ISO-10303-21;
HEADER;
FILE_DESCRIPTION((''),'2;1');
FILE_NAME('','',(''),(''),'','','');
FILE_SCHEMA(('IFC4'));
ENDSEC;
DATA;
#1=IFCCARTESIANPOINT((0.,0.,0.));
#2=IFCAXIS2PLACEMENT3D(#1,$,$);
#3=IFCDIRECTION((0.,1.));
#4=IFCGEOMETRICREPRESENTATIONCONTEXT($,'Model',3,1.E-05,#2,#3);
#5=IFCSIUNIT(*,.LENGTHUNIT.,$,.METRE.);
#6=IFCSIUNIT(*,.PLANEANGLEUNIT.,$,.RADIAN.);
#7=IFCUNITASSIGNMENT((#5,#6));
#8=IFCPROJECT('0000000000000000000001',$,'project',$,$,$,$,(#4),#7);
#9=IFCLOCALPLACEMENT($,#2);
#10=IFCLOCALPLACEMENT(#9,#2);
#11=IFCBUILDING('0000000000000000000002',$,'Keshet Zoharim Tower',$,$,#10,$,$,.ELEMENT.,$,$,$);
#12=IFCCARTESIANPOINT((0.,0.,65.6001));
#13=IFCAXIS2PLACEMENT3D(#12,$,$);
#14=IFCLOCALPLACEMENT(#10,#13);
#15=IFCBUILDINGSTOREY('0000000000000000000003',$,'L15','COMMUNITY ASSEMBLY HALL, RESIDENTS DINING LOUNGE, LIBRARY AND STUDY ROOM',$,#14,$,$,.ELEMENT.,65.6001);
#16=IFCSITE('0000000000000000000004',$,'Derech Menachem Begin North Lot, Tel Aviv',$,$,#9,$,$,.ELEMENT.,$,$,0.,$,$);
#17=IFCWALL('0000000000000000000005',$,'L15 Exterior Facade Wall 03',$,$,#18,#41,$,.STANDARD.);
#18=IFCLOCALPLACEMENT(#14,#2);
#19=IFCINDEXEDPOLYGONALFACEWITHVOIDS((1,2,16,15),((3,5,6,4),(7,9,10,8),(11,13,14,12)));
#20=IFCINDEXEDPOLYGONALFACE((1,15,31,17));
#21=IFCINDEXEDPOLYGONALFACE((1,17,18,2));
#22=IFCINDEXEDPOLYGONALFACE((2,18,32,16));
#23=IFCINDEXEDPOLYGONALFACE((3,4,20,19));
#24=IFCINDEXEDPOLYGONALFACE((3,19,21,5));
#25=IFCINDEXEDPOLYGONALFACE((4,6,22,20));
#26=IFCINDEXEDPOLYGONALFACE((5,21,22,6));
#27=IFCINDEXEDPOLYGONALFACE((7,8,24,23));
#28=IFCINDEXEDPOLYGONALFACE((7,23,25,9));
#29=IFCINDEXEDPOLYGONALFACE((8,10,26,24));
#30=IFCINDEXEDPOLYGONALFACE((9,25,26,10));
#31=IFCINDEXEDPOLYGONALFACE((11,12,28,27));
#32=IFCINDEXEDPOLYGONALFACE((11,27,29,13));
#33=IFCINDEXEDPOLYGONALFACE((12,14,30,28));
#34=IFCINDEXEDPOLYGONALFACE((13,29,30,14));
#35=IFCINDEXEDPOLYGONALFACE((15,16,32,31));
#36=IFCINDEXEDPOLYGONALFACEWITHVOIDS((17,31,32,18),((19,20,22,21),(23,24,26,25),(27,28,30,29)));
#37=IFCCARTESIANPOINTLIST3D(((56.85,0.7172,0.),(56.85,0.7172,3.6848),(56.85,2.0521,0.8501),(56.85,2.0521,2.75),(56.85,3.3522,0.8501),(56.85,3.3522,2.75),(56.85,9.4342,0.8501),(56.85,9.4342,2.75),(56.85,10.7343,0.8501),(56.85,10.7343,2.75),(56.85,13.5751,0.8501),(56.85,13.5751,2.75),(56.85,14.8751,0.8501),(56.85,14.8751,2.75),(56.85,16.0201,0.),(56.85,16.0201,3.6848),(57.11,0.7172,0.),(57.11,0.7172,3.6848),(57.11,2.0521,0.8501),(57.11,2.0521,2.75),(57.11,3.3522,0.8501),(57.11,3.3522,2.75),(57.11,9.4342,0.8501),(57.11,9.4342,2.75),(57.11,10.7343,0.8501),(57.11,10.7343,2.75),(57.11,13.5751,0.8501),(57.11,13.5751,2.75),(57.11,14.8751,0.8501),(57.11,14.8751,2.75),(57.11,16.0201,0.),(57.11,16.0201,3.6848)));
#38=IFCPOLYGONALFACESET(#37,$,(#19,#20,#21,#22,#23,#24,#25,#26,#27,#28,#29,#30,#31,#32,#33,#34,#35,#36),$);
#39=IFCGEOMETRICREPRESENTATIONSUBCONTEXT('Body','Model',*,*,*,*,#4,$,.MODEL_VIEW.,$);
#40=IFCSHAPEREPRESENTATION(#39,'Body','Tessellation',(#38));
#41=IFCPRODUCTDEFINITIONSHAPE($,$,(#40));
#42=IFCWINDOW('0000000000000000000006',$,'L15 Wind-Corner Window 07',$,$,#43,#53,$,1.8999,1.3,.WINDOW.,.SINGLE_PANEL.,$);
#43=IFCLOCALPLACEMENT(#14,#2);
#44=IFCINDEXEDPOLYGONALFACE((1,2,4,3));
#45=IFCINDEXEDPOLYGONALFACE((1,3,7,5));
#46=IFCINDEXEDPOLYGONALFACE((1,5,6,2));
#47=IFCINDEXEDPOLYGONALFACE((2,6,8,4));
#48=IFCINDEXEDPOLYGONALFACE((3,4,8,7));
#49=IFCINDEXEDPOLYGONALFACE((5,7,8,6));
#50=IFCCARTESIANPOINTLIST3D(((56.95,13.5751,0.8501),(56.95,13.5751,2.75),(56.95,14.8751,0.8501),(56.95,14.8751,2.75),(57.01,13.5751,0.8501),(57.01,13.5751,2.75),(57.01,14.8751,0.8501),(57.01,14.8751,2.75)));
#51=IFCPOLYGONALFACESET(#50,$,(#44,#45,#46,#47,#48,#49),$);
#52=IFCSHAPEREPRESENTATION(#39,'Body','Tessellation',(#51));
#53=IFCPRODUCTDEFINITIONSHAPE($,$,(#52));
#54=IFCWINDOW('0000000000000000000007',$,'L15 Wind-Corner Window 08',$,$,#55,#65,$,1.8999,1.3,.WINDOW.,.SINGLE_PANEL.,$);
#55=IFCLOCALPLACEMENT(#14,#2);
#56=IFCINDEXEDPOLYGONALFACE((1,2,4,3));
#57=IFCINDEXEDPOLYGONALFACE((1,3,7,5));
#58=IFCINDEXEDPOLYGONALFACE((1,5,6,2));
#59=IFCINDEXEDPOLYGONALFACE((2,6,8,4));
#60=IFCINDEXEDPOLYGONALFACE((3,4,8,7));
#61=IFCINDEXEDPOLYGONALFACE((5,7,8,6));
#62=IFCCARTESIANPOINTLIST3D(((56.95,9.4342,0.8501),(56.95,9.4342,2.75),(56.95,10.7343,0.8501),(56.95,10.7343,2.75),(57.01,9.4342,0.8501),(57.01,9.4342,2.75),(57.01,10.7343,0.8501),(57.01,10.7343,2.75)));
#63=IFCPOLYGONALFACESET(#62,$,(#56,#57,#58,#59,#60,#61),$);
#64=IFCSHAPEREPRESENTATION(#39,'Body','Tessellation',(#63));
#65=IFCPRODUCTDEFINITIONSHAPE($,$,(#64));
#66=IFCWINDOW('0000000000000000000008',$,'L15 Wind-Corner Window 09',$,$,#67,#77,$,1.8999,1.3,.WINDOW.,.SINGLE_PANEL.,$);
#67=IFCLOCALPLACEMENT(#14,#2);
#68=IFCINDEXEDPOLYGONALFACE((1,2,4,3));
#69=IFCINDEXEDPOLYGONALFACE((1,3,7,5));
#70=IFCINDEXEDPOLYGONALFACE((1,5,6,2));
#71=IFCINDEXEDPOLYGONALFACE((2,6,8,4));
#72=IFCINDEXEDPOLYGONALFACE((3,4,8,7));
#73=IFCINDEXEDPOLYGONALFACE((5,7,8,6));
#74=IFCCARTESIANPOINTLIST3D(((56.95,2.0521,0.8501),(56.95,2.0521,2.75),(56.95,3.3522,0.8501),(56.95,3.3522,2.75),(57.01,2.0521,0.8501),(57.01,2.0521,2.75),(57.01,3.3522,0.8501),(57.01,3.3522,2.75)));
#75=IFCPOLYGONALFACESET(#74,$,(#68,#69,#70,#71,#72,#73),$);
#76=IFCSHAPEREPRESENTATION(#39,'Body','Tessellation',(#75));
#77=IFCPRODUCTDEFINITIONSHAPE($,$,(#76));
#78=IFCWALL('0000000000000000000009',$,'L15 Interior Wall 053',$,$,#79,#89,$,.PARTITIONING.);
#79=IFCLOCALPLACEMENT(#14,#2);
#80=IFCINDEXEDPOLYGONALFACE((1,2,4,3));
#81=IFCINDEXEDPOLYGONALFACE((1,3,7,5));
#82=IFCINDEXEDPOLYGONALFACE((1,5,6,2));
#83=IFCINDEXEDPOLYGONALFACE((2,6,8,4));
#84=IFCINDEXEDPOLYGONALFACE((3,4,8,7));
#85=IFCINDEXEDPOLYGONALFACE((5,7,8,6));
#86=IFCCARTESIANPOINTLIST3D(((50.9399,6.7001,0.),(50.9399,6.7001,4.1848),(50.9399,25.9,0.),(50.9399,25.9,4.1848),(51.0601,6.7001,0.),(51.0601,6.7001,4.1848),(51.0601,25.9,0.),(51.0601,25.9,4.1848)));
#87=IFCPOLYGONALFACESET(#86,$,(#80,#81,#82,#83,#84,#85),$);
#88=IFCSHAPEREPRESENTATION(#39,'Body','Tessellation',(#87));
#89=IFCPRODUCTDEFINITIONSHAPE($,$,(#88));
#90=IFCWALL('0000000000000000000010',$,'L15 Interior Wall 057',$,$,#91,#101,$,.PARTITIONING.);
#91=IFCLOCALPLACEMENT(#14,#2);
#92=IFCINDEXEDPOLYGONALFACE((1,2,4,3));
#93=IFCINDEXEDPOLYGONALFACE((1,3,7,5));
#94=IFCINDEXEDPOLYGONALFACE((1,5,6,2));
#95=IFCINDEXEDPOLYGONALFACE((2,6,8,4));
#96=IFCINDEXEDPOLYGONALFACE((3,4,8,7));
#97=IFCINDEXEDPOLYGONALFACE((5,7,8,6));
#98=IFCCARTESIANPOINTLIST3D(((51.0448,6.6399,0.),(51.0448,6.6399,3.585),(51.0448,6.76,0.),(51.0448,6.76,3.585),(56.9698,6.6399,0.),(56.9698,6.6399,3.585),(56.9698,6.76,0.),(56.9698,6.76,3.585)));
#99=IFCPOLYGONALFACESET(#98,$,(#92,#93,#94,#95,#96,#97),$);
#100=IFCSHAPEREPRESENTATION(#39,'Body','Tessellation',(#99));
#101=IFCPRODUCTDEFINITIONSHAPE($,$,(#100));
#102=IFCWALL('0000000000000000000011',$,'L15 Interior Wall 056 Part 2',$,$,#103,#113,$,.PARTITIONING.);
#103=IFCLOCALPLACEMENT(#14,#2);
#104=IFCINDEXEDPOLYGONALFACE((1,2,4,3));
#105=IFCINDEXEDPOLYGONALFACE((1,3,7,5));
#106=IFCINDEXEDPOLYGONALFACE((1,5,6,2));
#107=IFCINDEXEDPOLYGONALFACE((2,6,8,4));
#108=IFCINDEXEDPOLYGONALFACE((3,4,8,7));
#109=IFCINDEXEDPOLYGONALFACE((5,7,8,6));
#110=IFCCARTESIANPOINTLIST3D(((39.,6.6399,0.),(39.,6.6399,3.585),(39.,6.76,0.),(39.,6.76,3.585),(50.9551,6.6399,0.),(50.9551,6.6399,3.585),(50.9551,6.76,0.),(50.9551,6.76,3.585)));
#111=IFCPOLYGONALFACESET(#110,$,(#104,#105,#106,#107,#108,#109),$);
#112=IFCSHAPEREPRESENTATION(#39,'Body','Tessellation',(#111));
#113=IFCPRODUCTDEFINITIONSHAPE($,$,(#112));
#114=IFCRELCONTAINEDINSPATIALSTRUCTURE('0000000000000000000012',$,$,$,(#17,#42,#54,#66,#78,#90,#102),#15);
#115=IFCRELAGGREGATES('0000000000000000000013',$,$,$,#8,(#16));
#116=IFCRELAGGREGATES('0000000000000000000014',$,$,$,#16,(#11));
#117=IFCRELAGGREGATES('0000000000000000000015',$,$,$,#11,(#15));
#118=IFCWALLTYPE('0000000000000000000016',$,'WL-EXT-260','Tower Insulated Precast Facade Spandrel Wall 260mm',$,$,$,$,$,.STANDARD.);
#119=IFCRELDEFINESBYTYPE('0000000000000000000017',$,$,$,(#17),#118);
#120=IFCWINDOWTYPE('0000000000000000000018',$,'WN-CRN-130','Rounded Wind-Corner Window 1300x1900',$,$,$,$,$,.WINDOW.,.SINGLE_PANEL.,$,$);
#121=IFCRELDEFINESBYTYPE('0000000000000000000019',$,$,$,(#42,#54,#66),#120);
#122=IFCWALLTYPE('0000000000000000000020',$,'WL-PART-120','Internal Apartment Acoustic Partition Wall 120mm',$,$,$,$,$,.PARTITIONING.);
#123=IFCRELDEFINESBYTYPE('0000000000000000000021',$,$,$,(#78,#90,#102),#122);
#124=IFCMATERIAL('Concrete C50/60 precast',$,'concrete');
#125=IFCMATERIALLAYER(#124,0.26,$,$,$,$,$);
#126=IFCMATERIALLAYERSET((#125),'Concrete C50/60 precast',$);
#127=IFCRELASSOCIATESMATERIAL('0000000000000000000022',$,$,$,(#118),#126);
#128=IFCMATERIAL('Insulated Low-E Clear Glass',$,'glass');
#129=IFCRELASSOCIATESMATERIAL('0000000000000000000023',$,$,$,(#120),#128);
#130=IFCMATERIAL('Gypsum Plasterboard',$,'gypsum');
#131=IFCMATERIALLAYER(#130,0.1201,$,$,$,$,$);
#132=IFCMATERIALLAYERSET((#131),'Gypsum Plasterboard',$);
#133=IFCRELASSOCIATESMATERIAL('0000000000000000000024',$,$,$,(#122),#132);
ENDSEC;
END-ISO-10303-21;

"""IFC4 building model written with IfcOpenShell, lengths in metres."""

from ifc_helpers import new_model, si_unit, direction, frame, frame_2d, origin, place, context, subcontext, project, spatial, rectangle, extrude, material, layer, layer_set, type_object, element, fill, save


model = new_model("IFC4")

# Units and contexts
model_context = context("Model", 3, precision=1e-05, world=origin(), true_north=direction((0.0, 1.0)))
body_context = subcontext(model_context, "Body", "Model", "MODEL_VIEW")
ifc_project = project(units=[si_unit("LENGTHUNIT", "METRE"), si_unit("PLANEANGLEUNIT", "RADIAN")], contexts=[model_context])

# Site, building, storey
site_placement = place(None, origin())
site = spatial("IfcSite", under=ifc_project, at=site_placement, Name="Derech Menachem Begin North Lot, Tel Aviv", CompositionType="ELEMENT", RefElevation=0.0)
building_placement = place(site_placement, origin())
building = spatial("IfcBuilding", under=site, at=building_placement, Name="Keshet Zoharim Tower", CompositionType="ELEMENT")
storey_placement = place(building_placement, frame((0.0, 0.0, 65.6001)))
storey = spatial("IfcBuildingStorey", under=building, at=storey_placement, Name="L15", Description="COMMUNITY ASSEMBLY HALL, RESIDENTS DINING LOUNGE, LIBRARY AND STUDY ROOM", CompositionType="ELEMENT", Elevation=65.6001)

# Shared definitions
ifc_material_1 = material(Name="Insulated Low-E Clear Glass", Category="glass")

# Wall, openings, windows
ifc_material_2 = material(Name="Concrete C50/60 precast", Category="concrete")
ifc_layer_1 = layer(ifc_material_2, 0.26)
ifc_layer_set_1 = layer_set([ifc_layer_1], Name="Concrete C50/60 precast")
wall_type_1 = type_object("IfcWallType", Name="WL-EXT-260", Description="Tower Insulated Precast Facade Spandrel Wall 260mm", PredefinedType="STANDARD", material=ifc_layer_set_1)
wall_1_placement = place(storey_placement, frame((56.98, 16.02, 0.0), z_axis=(0.0, 0.0, 1.0), x_axis=(0.0, -1.0, 0.0)))
wall_1 = element("IfcWall", 1, at=wall_1_placement, inside=storey, type_object=wall_type_1, Name="L15 Exterior Facade Wall 03", PredefinedType="STANDARD", context=body_context, shape_type="SweptSolid", body=[
    extrude(rectangle(XDim=15.303, YDim=0.26, at=frame_2d((7.6514, 0.0))), origin(), (0.0, 0.0, 1.0), 3.6848),
])
opening_1_placement = place(wall_1_placement, frame((1.145, 0.0, 0.8501)))
opening_1 = element("IfcOpeningElement", 2, at=opening_1_placement, cuts=wall_1, PredefinedType="OPENING", context=body_context, shape_type="SweptSolid", body=[
    extrude(rectangle(XDim=1.3, YDim=1.8999, at=frame_2d((0.6499, 0.95))), frame((0.0, 0.1401, 0.0), z_axis=(0.0, -1.0, 0.0), x_axis=(1.0, 0.0, 0.0)), (0.0, 0.0, 1.0), 0.28),
])
opening_2_placement = place(wall_1_placement, frame((5.2859, 0.0, 0.8501)))
opening_2 = element("IfcOpeningElement", 3, at=opening_2_placement, cuts=wall_1, PredefinedType="OPENING", context=body_context, shape_type="SweptSolid", body=[
    extrude(rectangle(XDim=1.3, YDim=1.8999, at=frame_2d((0.6499, 0.95))), frame((0.0, 0.1401, 0.0), z_axis=(0.0, -1.0, 0.0), x_axis=(1.0, 0.0, 0.0)), (0.0, 0.0, 1.0), 0.28),
])
opening_3_placement = place(wall_1_placement, frame((12.668, 0.0, 0.8501)))
opening_3 = element("IfcOpeningElement", 4, at=opening_3_placement, cuts=wall_1, PredefinedType="OPENING", context=body_context, shape_type="SweptSolid", body=[
    extrude(rectangle(XDim=1.3, YDim=1.8999, at=frame_2d((0.6499, 0.95))), frame((0.0, 0.1401, 0.0), z_axis=(0.0, -1.0, 0.0), x_axis=(1.0, 0.0, 0.0)), (0.0, 0.0, 1.0), 0.28),
])
window_type = type_object("IfcWindowType", Name="WN-CRN-130", Description="Rounded Wind-Corner Window 1300x1900", PartitioningType="SINGLE_PANEL", PredefinedType="WINDOW", material=ifc_material_1)
window_1_placement = place(opening_1_placement, origin())
window_1 = element("IfcWindow", 5, at=window_1_placement, inside=storey, type_object=window_type, Name="L15 Wind-Corner Window 07", OverallHeight=1.8999, OverallWidth=1.3, PartitioningType="SINGLE_PANEL", PredefinedType="WINDOW", context=body_context, shape_type="SweptSolid", body=[
    extrude(rectangle(XDim=1.3, YDim=1.8999, at=frame_2d((0.6499, 0.95))), frame((0.0, 0.03, 0.0), z_axis=(0.0, -1.0, 0.0), x_axis=(1.0, 0.0, 0.0)), (0.0, 0.0, 1.0), 0.0601),
])
fill(opening_1, window_1)
window_2_placement = place(opening_2_placement, origin())
window_2 = element("IfcWindow", 6, at=window_2_placement, inside=storey, type_object=window_type, Name="L15 Wind-Corner Window 08", OverallHeight=1.8999, OverallWidth=1.3, PartitioningType="SINGLE_PANEL", PredefinedType="WINDOW", context=body_context, shape_type="SweptSolid", body=[
    extrude(rectangle(XDim=1.3, YDim=1.8999, at=frame_2d((0.6499, 0.95))), frame((0.0, 0.03, 0.0), z_axis=(0.0, -1.0, 0.0), x_axis=(1.0, 0.0, 0.0)), (0.0, 0.0, 1.0), 0.0601),
])
fill(opening_2, window_2)
window_3_placement = place(opening_3_placement, origin())
window_3 = element("IfcWindow", 7, at=window_3_placement, inside=storey, type_object=window_type, Name="L15 Wind-Corner Window 09", OverallHeight=1.8999, OverallWidth=1.3, PartitioningType="SINGLE_PANEL", PredefinedType="WINDOW", context=body_context, shape_type="SweptSolid", body=[
    extrude(rectangle(XDim=1.3, YDim=1.8999, at=frame_2d((0.6499, 0.95))), frame((0.0, 0.03, 0.0), z_axis=(0.0, -1.0, 0.0), x_axis=(1.0, 0.0, 0.0)), (0.0, 0.0, 1.0), 0.0601),
])
fill(opening_3, window_3)

# Walls
ifc_material_3 = material(Name="Gypsum Plasterboard", Category="gypsum")
ifc_layer_2 = layer(ifc_material_3, 0.1201)
ifc_layer_set_2 = layer_set([ifc_layer_2], Name="Gypsum Plasterboard")
wall_type_2 = type_object("IfcWallType", Name="WL-PART-120", Description="Internal Apartment Acoustic Partition Wall 120mm", PredefinedType="PARTITIONING", material=ifc_layer_set_2)
wall_2_placement = place(storey_placement, frame((51.0, 6.7, 0.0), z_axis=(0.0, 0.0, 1.0), x_axis=(0.0, 1.0, 0.0)))
element("IfcWall", 8, at=wall_2_placement, inside=storey, type_object=wall_type_2, Name="L15 Interior Wall 053", PredefinedType="PARTITIONING", context=body_context, shape_type="SweptSolid", body=[
    extrude(rectangle(XDim=19.2, YDim=0.1201, at=frame_2d((9.6001, 0.0))), origin(), (0.0, 0.0, 1.0), 4.1848),
])
wall_3_placement = place(storey_placement, frame((51.0449, 6.7, 0.0), z_axis=(0.0, 0.0, 1.0), x_axis=(1.0, 0.0, 0.0)))
element("IfcWall", 9, at=wall_3_placement, inside=storey, type_object=wall_type_2, Name="L15 Interior Wall 057", PredefinedType="PARTITIONING", context=body_context, shape_type="SweptSolid", body=[
    extrude(rectangle(XDim=5.925, YDim=0.1201, at=frame_2d((2.9624, 0.0))), origin(), (0.0, 0.0, 1.0), 3.585),
])
wall_4_placement = place(storey_placement, frame((39.0, 6.7, 0.0), z_axis=(0.0, 0.0, 1.0), x_axis=(1.0, 0.0, 0.0)))
element("IfcWall", 10, at=wall_4_placement, inside=storey, type_object=wall_type_2, Name="L15 Interior Wall 056 Part 2", PredefinedType="PARTITIONING", context=body_context, shape_type="SweptSolid", body=[
    extrude(rectangle(XDim=11.9551, YDim=0.1201, at=frame_2d((5.9775, 0.0))), origin(), (0.0, 0.0, 1.0), 3.585),
])

save(model, "model.ifc")
